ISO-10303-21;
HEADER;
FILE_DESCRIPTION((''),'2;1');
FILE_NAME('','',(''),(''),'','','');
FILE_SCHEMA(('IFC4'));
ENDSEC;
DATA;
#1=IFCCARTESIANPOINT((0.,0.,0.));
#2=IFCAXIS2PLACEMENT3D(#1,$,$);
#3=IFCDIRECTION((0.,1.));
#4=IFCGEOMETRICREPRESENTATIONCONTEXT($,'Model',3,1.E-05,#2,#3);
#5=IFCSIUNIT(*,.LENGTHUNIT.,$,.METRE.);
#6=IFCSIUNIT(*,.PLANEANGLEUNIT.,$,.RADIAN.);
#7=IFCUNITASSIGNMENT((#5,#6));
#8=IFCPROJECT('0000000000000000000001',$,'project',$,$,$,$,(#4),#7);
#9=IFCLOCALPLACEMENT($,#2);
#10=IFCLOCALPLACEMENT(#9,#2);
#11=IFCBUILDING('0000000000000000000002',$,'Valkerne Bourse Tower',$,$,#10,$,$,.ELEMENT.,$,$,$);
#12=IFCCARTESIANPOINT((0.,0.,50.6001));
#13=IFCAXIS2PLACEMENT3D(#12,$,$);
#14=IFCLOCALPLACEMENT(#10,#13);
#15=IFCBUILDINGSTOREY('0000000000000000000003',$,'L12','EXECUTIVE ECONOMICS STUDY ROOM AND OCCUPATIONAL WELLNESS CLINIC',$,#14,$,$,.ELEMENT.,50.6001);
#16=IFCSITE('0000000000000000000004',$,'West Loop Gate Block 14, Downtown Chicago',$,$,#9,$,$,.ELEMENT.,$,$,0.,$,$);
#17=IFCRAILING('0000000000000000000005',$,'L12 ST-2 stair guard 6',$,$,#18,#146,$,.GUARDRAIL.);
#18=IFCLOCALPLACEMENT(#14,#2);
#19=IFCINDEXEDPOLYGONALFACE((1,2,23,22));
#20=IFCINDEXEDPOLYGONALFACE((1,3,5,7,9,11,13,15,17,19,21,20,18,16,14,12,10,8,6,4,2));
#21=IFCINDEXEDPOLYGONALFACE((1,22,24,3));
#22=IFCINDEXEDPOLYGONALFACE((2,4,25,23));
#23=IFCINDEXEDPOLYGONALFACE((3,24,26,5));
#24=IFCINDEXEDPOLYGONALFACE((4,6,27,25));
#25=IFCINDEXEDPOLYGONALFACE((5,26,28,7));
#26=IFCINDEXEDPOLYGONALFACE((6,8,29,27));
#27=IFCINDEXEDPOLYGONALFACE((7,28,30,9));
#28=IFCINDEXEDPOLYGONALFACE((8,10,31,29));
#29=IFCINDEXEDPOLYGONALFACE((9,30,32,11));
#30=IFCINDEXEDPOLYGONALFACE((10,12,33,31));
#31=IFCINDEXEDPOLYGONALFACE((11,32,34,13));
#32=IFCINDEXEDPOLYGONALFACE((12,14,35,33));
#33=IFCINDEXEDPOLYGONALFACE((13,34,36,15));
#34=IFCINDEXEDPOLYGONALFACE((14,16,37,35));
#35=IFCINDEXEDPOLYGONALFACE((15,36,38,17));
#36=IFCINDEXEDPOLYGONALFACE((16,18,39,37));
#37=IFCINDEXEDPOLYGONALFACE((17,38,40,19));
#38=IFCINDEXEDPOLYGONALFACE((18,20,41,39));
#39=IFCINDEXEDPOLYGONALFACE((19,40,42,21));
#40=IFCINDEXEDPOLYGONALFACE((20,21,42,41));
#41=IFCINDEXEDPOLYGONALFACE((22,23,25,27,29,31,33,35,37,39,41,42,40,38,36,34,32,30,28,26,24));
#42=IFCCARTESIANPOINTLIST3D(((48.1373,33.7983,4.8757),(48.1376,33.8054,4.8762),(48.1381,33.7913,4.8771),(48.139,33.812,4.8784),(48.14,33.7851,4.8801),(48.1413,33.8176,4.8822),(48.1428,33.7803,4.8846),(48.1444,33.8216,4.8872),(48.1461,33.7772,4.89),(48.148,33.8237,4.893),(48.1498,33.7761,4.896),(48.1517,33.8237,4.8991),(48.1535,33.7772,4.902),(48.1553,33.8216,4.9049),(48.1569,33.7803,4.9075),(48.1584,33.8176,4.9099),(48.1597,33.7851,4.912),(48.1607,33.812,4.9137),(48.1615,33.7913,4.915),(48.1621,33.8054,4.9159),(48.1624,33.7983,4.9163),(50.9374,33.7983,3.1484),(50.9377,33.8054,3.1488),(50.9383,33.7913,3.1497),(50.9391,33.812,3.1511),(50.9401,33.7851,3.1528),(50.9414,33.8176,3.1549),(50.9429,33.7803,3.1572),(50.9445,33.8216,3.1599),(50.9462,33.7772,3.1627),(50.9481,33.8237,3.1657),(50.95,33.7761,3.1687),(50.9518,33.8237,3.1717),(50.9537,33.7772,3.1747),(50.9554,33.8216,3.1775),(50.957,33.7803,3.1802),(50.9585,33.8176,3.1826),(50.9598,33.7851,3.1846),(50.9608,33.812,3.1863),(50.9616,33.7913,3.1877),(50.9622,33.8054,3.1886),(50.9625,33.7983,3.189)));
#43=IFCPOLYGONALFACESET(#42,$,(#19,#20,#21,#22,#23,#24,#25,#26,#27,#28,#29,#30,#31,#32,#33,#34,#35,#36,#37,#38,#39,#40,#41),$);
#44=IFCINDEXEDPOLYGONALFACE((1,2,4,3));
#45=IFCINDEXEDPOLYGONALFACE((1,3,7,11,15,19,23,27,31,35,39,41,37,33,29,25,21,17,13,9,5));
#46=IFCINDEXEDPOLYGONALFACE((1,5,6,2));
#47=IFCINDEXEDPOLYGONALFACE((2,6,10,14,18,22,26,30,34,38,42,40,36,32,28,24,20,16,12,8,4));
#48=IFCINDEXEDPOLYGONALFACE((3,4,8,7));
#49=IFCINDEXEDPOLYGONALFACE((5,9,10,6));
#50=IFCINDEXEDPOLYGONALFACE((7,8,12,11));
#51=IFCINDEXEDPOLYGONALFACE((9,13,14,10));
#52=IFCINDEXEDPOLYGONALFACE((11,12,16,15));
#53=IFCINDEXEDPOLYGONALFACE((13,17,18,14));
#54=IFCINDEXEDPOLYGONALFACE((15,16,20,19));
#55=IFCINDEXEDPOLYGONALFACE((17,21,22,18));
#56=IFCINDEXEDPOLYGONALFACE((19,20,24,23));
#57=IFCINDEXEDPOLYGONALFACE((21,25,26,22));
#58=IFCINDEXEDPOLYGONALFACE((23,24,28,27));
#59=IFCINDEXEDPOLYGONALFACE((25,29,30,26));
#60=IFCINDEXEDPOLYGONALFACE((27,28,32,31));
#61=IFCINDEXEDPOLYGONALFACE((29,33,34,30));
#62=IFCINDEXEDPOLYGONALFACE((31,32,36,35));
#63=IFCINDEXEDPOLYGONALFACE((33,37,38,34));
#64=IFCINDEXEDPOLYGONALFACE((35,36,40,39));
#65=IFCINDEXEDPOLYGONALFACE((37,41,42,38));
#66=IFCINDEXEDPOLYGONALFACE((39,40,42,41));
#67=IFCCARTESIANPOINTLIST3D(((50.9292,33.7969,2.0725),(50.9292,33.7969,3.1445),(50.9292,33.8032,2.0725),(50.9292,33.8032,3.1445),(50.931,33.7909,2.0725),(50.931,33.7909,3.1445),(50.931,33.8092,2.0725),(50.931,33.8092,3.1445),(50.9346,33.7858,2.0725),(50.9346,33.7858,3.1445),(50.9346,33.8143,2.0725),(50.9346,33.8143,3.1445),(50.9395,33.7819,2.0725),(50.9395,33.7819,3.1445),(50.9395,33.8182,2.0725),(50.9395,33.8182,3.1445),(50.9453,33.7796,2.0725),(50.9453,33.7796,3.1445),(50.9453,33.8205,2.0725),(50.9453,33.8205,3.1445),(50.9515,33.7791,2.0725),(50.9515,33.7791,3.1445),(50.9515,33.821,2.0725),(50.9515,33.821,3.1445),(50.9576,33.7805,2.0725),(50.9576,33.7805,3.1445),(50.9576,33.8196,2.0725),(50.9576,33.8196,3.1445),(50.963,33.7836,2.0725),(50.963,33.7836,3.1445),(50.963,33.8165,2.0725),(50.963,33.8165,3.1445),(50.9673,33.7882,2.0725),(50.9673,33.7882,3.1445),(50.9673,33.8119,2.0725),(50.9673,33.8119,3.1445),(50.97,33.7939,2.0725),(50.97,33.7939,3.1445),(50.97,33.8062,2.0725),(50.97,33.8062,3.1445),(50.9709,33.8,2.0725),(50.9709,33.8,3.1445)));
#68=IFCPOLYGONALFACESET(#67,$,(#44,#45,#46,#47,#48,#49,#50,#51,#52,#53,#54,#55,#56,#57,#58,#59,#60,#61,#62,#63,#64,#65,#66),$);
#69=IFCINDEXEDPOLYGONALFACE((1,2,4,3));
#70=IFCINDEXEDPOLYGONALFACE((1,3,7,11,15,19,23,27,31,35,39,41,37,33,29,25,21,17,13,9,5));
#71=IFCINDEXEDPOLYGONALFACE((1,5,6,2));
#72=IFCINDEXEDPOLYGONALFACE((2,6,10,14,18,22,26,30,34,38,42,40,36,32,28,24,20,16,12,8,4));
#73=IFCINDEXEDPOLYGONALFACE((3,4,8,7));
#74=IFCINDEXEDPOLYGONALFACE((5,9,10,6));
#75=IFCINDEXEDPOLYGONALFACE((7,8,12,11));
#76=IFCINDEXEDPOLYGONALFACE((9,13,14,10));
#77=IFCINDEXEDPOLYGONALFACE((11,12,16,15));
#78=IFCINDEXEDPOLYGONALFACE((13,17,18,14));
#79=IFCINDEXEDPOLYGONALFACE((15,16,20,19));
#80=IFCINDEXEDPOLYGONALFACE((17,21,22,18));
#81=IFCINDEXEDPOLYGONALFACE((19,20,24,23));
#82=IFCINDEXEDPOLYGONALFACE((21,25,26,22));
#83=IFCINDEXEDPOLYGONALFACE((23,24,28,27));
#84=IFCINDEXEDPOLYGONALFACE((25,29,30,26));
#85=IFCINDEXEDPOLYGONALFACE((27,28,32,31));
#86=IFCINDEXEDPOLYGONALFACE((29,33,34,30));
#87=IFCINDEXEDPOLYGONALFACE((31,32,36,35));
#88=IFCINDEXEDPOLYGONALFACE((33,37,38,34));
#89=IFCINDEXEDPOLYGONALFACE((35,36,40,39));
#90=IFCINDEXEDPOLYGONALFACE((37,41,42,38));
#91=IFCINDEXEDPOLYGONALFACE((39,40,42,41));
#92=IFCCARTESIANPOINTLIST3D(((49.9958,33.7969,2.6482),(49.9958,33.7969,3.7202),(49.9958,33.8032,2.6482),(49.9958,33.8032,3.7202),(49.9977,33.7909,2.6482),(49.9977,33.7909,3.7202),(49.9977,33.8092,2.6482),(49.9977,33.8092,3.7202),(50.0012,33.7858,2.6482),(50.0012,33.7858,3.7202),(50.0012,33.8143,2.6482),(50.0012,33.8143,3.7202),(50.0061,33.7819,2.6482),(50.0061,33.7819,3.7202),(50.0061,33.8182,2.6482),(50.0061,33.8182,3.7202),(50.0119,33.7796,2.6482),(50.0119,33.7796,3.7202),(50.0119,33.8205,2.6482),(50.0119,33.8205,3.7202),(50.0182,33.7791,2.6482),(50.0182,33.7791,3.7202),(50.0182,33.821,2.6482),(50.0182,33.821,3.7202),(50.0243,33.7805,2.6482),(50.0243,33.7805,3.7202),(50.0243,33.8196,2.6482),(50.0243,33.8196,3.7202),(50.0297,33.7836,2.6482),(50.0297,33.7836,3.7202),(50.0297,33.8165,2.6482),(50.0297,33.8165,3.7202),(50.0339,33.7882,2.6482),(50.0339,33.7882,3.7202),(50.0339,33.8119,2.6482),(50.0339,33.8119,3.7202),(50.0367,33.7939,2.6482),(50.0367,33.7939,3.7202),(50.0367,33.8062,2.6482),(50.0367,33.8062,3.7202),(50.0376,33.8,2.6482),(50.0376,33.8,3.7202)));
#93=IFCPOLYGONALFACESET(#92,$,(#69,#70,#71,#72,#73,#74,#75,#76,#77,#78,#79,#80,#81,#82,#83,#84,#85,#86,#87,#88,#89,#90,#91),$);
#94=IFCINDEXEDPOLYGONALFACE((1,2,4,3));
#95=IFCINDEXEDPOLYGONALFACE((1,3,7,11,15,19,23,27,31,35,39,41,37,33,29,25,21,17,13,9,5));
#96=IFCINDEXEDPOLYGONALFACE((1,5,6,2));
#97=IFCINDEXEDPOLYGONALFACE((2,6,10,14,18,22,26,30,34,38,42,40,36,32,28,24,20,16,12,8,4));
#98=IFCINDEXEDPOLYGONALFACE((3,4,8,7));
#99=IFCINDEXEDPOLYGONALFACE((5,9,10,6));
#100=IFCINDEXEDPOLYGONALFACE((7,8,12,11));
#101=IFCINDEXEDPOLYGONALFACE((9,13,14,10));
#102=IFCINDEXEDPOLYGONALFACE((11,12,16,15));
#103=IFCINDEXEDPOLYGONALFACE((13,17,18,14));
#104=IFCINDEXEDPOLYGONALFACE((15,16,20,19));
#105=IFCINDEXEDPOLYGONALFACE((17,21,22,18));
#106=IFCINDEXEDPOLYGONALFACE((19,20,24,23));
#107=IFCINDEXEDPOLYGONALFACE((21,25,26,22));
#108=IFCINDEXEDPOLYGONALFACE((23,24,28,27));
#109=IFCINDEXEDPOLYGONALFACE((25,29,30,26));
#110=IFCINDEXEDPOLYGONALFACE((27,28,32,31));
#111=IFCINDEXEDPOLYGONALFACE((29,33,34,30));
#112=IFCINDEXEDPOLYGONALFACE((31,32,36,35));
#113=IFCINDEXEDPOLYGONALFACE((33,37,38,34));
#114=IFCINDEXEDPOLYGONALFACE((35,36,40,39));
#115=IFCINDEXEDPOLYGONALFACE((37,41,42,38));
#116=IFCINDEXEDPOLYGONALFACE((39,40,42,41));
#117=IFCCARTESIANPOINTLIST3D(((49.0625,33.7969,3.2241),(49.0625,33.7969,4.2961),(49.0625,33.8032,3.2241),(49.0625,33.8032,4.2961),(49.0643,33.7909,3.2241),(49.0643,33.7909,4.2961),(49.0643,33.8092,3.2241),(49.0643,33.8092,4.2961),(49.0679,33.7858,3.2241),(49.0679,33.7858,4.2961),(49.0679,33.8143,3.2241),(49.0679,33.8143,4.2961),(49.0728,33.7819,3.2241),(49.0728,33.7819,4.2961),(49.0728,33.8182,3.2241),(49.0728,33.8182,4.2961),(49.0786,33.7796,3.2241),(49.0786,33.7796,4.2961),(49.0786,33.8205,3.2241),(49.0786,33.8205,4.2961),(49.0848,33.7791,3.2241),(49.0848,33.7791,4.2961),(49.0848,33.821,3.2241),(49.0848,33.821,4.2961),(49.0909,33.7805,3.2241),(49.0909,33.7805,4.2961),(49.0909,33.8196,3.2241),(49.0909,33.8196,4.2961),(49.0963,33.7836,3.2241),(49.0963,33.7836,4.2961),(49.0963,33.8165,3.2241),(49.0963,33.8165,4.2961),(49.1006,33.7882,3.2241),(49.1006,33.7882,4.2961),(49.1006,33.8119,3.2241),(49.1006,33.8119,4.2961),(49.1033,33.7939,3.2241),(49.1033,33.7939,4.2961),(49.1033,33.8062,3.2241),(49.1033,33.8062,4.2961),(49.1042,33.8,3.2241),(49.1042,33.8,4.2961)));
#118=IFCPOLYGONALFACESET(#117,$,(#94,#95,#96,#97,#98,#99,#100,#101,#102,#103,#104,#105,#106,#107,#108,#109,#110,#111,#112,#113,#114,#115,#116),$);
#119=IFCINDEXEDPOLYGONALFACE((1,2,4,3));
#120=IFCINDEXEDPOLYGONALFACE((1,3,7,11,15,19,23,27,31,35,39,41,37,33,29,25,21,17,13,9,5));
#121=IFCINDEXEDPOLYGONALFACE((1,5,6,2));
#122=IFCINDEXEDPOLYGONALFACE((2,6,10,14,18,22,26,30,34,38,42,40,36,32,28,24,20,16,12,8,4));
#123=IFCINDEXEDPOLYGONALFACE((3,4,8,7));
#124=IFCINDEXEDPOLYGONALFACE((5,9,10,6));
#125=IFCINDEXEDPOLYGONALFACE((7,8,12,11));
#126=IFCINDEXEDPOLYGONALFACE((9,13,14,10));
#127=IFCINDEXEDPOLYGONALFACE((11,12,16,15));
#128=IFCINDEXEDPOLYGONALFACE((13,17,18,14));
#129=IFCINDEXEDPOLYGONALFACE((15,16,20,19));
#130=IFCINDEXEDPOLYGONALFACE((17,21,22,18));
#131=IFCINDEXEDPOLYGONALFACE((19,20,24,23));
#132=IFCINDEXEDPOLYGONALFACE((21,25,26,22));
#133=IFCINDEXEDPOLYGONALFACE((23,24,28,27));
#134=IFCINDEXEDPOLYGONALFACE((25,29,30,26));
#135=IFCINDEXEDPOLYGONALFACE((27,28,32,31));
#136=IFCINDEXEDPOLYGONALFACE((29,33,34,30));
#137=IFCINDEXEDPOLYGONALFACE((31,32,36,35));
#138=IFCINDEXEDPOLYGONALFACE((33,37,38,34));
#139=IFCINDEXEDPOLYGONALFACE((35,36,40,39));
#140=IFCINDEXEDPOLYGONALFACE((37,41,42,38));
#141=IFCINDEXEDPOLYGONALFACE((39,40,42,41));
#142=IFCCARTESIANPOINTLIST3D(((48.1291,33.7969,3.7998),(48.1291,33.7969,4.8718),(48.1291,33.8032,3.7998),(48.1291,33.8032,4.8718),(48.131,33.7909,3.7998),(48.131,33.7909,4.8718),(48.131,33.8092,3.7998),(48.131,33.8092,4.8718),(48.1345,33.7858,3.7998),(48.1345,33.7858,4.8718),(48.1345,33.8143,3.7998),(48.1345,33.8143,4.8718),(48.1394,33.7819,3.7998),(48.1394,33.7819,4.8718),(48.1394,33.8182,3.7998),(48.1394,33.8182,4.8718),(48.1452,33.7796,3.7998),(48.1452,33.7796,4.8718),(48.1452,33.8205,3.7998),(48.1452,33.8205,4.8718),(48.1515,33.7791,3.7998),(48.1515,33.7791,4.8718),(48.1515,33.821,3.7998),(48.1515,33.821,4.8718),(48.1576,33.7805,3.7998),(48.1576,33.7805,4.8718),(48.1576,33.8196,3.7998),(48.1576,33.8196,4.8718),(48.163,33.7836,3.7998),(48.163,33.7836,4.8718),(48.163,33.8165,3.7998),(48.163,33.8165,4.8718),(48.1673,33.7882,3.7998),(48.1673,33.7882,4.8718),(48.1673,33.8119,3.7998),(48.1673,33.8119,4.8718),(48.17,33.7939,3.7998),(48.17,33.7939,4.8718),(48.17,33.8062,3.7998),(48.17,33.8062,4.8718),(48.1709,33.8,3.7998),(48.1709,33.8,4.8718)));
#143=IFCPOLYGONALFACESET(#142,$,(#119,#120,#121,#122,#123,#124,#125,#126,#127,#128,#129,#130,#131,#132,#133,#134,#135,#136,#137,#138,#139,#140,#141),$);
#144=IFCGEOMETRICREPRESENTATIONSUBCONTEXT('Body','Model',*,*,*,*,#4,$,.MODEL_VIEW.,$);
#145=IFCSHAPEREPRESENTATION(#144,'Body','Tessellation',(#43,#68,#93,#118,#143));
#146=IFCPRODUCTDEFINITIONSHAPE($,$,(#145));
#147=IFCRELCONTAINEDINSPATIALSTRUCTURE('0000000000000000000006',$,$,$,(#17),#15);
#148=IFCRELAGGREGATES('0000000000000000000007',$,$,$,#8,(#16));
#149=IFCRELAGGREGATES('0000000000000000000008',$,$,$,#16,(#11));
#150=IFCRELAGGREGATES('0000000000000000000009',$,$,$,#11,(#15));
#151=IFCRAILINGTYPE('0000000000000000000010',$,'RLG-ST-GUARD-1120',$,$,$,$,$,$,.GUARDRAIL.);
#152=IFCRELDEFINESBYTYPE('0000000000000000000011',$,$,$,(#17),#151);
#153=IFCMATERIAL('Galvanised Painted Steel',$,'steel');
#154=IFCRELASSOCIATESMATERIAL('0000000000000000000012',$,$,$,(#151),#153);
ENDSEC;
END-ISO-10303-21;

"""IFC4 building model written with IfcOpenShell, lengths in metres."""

from ifc_helpers import new_model, si_unit, direction, frame, origin, origin_2d, place, context, subcontext, project, spatial, circle, extrude, material, type_object, element, save


model = new_model("IFC4")

# Units and contexts
model_context = context("Model", 3, precision=1e-05, world=origin(), true_north=direction((0.0, 1.0)))
body_context = subcontext(model_context, "Body", "Model", "MODEL_VIEW")
ifc_project = project(units=[si_unit("LENGTHUNIT", "METRE"), si_unit("PLANEANGLEUNIT", "RADIAN")], contexts=[model_context])

# Site, building, storey
site_placement = place(None, origin())
site = spatial("IfcSite", under=ifc_project, at=site_placement, Name="West Loop Gate Block 14, Downtown Chicago", CompositionType="ELEMENT", RefElevation=0.0)
building_placement = place(site_placement, origin())
building = spatial("IfcBuilding", under=site, at=building_placement, Name="Valkerne Bourse Tower", CompositionType="ELEMENT")
storey_placement = place(building_placement, frame((0.0, 0.0, 50.6001)))
storey = spatial("IfcBuildingStorey", under=building, at=storey_placement, Name="L12", Description="EXECUTIVE ECONOMICS STUDY ROOM AND OCCUPATIONAL WELLNESS CLINIC", CompositionType="ELEMENT", Elevation=50.6001)

# Railing
ifc_material_1 = material(Name="Galvanised Painted Steel", Category="steel")
railing_type_1 = type_object("IfcRailingType", Name="RLG-ST-GUARD-1120", PredefinedType="GUARDRAIL", material=ifc_material_1)
railing_1_placement = place(storey_placement, frame((50.95, 33.8, 2.0725)))
element("IfcRailing", 1, at=railing_1_placement, inside=storey, type_object=railing_type_1, Name="L12 ST-2 stair guard 6", PredefinedType="GUARDRAIL", context=body_context, shape_type="SweptSolid", body=[
    extrude(circle(Radius=0.0239, at=origin_2d()), frame((0.0, 0.0, 1.0962), z_axis=(-0.85109, 0.0, 0.52502), x_axis=(0.0, -1.0, 0.0)), (0.0, 0.0, 1.0), 3.29),
    extrude(circle(Radius=0.021, at=origin_2d()), origin(), (0.0, 0.0, 1.0), 1.072),
    extrude(circle(Radius=0.021, at=origin_2d()), frame((-0.9333, 0.0, 0.5757)), (0.0, 0.0, 1.0), 1.072),
    extrude(circle(Radius=0.021, at=origin_2d()), frame((-1.8667, 0.0, 1.1516)), (0.0, 0.0, 1.0), 1.072),
    extrude(circle(Radius=0.021, at=origin_2d()), frame((-2.8, 0.0, 1.7273)), (0.0, 0.0, 1.0), 1.072),
])

save(model, "model.ifc")
